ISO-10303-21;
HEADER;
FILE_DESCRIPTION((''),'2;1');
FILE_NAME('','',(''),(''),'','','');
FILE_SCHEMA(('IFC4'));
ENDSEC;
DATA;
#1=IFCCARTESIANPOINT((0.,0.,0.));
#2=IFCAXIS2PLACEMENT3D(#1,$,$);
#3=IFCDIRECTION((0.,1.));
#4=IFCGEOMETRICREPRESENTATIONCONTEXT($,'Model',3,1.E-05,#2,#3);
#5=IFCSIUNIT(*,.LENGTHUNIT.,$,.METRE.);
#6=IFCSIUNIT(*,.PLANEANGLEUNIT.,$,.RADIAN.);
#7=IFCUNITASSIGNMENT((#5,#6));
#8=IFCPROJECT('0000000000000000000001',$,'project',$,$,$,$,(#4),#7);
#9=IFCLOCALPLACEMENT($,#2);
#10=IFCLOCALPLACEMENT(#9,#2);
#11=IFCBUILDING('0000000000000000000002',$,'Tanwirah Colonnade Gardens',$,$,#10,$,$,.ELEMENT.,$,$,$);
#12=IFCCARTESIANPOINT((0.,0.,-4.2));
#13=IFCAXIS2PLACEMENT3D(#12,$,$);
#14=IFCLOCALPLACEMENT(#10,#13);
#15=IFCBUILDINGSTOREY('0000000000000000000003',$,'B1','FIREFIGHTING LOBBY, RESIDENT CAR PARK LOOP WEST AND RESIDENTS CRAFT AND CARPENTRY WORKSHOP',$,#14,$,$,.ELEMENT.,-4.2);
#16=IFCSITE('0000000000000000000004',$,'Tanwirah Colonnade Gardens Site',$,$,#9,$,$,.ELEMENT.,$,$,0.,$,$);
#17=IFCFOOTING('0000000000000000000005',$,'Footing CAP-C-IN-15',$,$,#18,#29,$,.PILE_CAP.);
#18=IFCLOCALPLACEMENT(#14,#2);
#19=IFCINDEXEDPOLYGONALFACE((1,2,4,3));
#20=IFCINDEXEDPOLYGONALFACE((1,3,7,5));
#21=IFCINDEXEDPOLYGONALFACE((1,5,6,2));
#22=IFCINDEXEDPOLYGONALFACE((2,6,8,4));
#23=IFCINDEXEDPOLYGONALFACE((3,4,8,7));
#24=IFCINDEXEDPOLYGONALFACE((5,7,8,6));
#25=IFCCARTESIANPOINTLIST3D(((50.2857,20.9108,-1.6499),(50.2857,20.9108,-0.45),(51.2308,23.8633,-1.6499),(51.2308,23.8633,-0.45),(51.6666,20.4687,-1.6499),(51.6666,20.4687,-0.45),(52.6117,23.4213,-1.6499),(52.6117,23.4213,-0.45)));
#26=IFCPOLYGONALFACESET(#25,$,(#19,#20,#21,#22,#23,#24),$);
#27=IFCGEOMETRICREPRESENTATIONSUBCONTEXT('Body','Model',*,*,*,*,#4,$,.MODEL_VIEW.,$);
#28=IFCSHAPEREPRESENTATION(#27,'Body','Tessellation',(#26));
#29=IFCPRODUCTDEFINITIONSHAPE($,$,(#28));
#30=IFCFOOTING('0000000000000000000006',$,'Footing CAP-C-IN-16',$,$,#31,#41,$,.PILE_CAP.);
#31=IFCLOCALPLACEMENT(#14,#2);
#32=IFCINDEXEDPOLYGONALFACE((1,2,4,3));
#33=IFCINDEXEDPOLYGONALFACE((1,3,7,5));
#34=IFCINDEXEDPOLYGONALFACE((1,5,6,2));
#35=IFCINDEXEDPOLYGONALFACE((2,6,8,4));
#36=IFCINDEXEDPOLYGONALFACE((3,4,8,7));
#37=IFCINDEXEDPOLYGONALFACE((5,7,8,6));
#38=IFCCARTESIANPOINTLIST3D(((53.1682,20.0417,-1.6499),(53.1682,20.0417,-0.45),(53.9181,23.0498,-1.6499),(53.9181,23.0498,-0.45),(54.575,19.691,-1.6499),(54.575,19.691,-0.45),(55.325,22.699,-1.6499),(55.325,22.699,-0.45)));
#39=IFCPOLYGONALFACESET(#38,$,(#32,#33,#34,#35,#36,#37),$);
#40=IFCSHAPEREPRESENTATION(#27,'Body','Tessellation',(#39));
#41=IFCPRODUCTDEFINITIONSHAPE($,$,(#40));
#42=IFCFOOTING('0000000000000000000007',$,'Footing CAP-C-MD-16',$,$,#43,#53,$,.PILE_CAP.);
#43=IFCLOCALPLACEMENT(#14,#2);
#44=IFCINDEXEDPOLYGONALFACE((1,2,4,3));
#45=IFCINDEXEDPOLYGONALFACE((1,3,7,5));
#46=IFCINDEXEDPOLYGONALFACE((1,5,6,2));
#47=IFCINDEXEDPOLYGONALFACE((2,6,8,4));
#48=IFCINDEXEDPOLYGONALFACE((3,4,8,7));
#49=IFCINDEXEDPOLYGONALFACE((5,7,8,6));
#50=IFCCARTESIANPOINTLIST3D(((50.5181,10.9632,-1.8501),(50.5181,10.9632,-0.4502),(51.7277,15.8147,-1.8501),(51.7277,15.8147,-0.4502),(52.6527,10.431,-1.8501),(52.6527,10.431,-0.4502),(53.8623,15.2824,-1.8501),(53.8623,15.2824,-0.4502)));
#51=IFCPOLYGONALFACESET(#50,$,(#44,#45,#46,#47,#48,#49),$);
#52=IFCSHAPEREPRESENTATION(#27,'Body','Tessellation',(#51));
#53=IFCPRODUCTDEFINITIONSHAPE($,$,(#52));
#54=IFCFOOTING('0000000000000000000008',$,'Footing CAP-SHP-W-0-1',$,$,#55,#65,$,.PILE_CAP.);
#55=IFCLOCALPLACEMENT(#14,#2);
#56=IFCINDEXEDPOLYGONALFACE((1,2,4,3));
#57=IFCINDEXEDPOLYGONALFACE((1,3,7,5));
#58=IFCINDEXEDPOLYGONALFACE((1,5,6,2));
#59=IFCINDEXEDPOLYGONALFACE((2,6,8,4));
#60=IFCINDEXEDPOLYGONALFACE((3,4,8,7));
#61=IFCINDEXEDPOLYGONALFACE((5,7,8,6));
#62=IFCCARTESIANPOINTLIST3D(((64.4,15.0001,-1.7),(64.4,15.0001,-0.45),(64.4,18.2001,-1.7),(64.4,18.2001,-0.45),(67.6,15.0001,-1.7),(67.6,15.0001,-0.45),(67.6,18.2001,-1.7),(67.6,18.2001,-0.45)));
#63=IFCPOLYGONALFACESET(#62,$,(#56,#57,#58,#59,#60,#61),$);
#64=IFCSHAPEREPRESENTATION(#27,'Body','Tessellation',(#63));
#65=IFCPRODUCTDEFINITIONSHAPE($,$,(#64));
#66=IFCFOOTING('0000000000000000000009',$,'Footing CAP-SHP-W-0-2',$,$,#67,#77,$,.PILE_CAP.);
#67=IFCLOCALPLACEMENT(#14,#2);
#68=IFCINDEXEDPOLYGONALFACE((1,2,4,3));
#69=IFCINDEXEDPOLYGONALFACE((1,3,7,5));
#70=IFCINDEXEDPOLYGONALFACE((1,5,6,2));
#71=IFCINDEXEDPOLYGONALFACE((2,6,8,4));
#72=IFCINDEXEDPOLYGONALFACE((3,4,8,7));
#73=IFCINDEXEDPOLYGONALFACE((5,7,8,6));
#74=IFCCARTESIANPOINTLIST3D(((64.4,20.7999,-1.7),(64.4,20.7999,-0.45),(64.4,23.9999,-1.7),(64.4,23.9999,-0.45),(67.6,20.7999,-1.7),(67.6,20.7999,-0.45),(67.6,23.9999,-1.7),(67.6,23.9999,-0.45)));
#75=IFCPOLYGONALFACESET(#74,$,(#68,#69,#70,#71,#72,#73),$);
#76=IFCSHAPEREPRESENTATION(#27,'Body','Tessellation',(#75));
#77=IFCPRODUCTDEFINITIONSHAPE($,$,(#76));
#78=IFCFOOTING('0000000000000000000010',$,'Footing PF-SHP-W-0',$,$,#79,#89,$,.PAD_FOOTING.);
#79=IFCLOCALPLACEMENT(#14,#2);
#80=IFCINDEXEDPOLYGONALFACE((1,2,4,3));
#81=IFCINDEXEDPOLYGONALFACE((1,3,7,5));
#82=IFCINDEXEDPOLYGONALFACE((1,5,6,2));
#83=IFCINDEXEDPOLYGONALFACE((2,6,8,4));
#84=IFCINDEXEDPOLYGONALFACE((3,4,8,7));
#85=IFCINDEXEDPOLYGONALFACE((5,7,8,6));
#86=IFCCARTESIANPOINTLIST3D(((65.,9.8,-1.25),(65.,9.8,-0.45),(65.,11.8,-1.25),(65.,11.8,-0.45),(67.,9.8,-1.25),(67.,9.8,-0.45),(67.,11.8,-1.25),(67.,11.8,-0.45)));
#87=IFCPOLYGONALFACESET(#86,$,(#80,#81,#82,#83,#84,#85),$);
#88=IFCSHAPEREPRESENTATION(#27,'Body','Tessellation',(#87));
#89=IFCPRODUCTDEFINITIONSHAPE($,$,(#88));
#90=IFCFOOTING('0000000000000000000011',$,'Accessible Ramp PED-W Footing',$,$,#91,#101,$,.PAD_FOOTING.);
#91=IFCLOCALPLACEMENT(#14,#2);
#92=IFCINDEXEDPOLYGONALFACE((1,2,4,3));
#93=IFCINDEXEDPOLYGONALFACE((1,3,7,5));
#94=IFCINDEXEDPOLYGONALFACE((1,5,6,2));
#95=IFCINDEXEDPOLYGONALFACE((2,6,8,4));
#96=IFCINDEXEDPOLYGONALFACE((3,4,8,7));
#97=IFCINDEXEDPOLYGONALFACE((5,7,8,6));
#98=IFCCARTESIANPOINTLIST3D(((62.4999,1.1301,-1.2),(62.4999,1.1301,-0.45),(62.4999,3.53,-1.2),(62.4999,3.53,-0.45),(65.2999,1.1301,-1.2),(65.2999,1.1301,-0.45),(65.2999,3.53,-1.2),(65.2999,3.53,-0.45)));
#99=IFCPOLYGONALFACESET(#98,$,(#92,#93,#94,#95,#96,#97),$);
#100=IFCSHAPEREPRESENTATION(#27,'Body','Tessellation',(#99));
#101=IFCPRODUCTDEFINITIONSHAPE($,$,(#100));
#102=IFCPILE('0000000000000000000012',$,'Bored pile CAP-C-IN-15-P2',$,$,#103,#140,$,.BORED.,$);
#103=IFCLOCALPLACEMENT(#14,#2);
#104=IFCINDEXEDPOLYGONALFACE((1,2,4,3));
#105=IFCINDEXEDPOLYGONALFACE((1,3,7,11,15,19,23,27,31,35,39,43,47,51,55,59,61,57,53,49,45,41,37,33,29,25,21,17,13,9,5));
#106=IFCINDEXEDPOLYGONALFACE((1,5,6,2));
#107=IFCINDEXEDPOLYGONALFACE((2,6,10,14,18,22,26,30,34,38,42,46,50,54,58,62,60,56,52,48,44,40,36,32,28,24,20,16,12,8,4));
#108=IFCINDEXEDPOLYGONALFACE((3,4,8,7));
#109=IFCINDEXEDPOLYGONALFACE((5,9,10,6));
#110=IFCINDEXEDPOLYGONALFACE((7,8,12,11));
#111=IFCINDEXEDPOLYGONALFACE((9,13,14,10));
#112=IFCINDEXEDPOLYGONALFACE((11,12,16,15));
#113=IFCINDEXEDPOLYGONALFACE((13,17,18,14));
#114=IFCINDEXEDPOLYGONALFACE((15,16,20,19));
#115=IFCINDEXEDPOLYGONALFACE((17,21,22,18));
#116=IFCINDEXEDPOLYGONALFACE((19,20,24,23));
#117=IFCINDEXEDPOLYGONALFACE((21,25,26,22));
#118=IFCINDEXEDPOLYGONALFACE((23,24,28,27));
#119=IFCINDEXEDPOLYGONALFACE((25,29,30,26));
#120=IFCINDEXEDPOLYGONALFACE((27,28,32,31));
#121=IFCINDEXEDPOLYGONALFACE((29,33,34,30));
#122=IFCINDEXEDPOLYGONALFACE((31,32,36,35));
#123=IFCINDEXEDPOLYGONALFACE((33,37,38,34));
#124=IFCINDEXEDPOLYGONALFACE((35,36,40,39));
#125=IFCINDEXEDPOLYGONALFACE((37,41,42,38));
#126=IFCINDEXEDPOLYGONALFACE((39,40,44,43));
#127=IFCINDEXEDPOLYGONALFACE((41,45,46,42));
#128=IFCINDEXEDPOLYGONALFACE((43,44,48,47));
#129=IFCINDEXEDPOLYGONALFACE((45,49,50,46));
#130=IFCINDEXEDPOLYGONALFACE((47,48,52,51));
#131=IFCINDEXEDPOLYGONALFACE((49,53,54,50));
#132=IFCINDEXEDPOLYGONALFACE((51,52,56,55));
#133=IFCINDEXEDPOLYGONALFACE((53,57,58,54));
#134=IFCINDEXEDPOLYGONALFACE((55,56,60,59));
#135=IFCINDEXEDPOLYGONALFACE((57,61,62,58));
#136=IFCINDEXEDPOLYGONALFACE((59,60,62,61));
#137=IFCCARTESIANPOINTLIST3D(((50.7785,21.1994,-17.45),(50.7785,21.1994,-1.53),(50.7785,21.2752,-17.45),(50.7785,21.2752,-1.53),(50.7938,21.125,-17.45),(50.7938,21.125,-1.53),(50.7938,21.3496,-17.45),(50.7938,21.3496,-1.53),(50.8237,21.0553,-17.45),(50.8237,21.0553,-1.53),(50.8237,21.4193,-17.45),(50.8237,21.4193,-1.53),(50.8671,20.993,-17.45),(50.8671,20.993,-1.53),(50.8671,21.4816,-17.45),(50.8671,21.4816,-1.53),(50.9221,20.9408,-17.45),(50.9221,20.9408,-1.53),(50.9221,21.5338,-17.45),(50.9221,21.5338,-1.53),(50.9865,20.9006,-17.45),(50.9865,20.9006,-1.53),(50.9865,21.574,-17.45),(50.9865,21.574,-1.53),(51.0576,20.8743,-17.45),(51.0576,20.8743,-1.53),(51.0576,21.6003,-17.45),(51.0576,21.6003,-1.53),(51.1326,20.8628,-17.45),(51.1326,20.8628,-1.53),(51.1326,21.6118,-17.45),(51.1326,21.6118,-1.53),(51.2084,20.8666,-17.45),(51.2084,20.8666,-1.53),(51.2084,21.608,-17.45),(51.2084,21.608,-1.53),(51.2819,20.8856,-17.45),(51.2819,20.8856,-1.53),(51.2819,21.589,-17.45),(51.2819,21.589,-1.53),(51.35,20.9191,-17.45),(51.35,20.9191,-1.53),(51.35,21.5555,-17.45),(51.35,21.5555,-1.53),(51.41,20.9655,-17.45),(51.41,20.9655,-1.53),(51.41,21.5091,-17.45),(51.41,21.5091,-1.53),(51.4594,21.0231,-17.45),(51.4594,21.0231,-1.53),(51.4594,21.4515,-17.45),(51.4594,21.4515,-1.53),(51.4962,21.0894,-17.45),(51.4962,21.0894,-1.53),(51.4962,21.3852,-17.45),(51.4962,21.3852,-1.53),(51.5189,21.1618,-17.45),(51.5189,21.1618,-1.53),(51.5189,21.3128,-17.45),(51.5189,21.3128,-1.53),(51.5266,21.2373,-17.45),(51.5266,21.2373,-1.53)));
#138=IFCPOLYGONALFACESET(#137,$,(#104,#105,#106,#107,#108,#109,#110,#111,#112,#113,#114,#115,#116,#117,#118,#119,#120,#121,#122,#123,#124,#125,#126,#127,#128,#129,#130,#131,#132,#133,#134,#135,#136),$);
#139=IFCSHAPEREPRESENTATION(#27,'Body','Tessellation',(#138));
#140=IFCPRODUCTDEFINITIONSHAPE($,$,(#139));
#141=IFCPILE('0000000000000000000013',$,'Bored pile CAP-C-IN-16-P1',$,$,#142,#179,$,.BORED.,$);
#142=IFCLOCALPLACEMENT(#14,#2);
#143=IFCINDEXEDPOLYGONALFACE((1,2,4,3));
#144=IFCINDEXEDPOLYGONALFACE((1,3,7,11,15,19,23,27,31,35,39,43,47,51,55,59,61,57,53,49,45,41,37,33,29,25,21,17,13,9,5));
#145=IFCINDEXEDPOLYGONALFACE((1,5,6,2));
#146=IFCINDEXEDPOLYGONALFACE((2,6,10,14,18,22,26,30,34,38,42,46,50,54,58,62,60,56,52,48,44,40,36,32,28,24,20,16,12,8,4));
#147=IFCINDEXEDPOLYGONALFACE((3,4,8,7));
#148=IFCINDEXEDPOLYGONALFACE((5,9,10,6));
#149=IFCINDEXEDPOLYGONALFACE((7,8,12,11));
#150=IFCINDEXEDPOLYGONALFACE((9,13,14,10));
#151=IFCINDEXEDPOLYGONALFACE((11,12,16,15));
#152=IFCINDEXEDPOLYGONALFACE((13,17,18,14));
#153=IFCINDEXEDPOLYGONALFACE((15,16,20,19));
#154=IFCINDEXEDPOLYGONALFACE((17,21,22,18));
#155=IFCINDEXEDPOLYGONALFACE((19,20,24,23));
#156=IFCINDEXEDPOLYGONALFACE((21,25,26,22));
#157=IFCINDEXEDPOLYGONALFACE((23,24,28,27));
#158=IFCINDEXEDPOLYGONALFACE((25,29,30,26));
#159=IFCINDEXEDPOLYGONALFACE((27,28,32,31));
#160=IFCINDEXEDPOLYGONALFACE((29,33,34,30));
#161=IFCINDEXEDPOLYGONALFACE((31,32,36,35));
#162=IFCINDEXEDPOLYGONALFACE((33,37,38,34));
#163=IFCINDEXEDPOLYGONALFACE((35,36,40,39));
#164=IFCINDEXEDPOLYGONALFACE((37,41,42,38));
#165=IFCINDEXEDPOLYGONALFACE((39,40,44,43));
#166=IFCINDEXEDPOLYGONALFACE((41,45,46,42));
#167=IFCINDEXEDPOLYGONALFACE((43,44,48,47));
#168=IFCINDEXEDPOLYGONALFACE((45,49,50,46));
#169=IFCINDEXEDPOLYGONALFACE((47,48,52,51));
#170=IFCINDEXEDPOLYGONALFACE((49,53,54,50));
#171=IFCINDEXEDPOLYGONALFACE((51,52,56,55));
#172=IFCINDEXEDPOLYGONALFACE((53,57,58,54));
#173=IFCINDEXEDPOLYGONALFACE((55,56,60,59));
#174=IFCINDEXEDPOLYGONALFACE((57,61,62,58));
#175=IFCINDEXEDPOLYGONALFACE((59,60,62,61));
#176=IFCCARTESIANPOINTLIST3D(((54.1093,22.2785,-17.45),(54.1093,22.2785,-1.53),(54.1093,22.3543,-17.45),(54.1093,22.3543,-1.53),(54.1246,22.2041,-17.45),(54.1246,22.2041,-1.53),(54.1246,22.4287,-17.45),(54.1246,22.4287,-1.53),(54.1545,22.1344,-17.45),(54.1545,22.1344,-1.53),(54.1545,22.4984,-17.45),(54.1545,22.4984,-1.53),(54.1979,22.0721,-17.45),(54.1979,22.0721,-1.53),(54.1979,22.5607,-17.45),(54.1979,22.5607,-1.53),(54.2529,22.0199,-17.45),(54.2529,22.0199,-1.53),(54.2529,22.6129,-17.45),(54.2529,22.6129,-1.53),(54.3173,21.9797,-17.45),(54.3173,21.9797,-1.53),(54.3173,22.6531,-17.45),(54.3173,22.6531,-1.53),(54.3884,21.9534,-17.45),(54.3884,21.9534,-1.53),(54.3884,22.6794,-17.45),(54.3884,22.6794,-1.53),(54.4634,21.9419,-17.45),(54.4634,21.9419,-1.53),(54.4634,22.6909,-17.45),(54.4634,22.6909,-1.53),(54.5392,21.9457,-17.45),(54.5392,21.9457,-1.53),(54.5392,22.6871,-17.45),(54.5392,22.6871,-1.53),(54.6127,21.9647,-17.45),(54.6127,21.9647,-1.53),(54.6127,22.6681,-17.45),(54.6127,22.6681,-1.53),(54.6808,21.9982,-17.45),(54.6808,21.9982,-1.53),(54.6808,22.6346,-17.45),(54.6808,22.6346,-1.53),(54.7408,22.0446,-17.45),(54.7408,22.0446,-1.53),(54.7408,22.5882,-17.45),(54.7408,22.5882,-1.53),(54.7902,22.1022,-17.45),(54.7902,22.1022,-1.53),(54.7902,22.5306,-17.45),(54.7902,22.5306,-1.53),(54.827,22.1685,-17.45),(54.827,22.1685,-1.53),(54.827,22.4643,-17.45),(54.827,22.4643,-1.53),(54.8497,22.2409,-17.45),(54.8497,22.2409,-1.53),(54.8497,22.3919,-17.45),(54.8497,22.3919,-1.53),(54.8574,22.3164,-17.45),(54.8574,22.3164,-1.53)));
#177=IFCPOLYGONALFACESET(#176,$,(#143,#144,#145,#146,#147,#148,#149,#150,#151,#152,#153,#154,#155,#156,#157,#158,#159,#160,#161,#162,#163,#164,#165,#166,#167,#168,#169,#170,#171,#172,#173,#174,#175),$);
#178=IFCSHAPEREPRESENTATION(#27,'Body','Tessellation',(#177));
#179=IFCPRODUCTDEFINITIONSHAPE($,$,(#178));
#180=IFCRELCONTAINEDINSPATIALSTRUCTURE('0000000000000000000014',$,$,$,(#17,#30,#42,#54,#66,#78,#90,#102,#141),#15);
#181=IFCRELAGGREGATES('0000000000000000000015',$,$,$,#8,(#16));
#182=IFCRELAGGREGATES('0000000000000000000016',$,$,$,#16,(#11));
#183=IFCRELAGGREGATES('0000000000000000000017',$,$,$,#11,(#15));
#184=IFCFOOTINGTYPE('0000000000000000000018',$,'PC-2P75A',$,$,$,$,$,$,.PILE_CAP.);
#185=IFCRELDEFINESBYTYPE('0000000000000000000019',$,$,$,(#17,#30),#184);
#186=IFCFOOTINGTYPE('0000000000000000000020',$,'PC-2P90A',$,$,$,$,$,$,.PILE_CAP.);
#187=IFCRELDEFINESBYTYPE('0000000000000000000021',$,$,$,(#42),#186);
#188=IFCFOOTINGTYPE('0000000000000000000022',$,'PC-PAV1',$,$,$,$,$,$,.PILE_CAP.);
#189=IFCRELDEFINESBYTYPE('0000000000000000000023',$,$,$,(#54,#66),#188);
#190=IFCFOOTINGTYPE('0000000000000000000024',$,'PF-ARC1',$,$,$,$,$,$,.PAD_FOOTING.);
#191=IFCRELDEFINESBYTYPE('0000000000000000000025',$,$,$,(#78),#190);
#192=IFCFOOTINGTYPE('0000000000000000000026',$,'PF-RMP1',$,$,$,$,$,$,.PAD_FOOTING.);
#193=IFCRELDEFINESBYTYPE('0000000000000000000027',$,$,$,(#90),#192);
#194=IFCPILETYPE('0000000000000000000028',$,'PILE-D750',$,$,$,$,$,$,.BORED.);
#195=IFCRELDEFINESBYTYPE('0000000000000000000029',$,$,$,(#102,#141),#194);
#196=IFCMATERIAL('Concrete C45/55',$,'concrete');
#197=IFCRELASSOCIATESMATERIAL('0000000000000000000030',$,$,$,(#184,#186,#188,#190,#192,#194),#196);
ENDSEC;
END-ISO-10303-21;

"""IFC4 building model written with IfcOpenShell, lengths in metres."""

from ifc_helpers import new_model, si_unit, direction, frame, origin, origin_2d, place, context, subcontext, project, spatial, rectangle, circle, extrude, material, material_profile, profile_set, type_object, element, save


model = new_model("IFC4")

# Units and contexts
model_context = context("Model", 3, precision=1e-05, world=origin(), true_north=direction((0.0, 1.0)))
body_context = subcontext(model_context, "Body", "Model", "MODEL_VIEW")
ifc_project = project(units=[si_unit("LENGTHUNIT", "METRE"), si_unit("PLANEANGLEUNIT", "RADIAN")], contexts=[model_context])

# Site, building, storey
site_placement = place(None, origin())
site = spatial("IfcSite", under=ifc_project, at=site_placement, Name="Tanwirah Colonnade Gardens Site", CompositionType="ELEMENT", RefElevation=0.0)
building_placement = place(site_placement, origin())
building = spatial("IfcBuilding", under=site, at=building_placement, Name="Tanwirah Colonnade Gardens", CompositionType="ELEMENT")
storey_placement = place(building_placement, frame((0.0, 0.0, -4.2)))
storey = spatial("IfcBuildingStorey", under=building, at=storey_placement, Name="B1", Description="FIREFIGHTING LOBBY, RESIDENT CAR PARK LOOP WEST AND RESIDENTS CRAFT AND CARPENTRY WORKSHOP", CompositionType="ELEMENT", Elevation=-4.2)

# Footings
ifc_material_1 = material(Name="Concrete C45/55", Category="concrete")
footing_type_1 = type_object("IfcFootingType", Name="PC-2P75A", PredefinedType="PILE_CAP", material=ifc_material_1)
for number, where, z_axis, x_axis, name in (
    (1, (51.4487, 22.166, -1.6499), (0.0, 0.0, 1.0), (-0.304864, -0.952396, 0.0), "Footing CAP-C-IN-15"),
    (2, (54.2466, 21.3704, -1.6499), (0.0, 0.0, 1.0), (-0.241922, -0.970296, 0.0), "Footing CAP-C-IN-16"),
):
    element("IfcFooting", number, at=place(storey_placement, frame(where, z_axis=z_axis, x_axis=x_axis)), inside=storey, type_object=footing_type_1, Name=name, PredefinedType="PILE_CAP", context=body_context, shape_type="SweptSolid", body=[
        extrude(rectangle(XDim=3.1001, YDim=1.45, at=origin_2d()), origin(), (0.0, 0.0, 1.0), 1.2),
    ])
footing_type_2 = type_object("IfcFootingType", Name="PC-2P90A", PredefinedType="PILE_CAP", material=ifc_material_1)
footing_1_placement = place(storey_placement, frame((52.1902, 13.1228, -1.8501), z_axis=(0.0, 0.0, 1.0), x_axis=(-0.241922, -0.970296, 0.0)))
element("IfcFooting", 3, at=footing_1_placement, inside=storey, type_object=footing_type_2, Name="Footing CAP-C-MD-16", PredefinedType="PILE_CAP", context=body_context, shape_type="SweptSolid", body=[
    extrude(rectangle(XDim=5.0, YDim=2.2, at=origin_2d()), origin(), (0.0, 0.0, 1.0), 1.3999),
])
footing_type_3 = type_object("IfcFootingType", Name="PC-PAV1", PredefinedType="PILE_CAP", material=ifc_material_1)
for number, where, z_axis, x_axis, name in (
    (4, (66.0, 16.6001, -1.7), (0.0, 0.0, 1.0), (1.0, 0.0, 0.0), "Footing CAP-SHP-W-0-1"),
    (5, (66.0, 22.3999, -1.7), (0.0, 0.0, 1.0), (1.0, 0.0, 0.0), "Footing CAP-SHP-W-0-2"),
):
    element("IfcFooting", number, at=place(storey_placement, frame(where, z_axis=z_axis, x_axis=x_axis)), inside=storey, type_object=footing_type_3, Name=name, PredefinedType="PILE_CAP", context=body_context, shape_type="SweptSolid", body=[
        extrude(rectangle(XDim=3.2, YDim=3.2, at=origin_2d()), origin(), (0.0, 0.0, 1.0), 1.25),
    ])
footing_type_4 = type_object("IfcFootingType", Name="PF-ARC1", PredefinedType="PAD_FOOTING", material=ifc_material_1)
footing_2_placement = place(storey_placement, frame((66.0, 10.8, -1.25), z_axis=(0.0, 0.0, 1.0), x_axis=(1.0, 0.0, 0.0)))
element("IfcFooting", 6, at=footing_2_placement, inside=storey, type_object=footing_type_4, Name="Footing PF-SHP-W-0", PredefinedType="PAD_FOOTING", context=body_context, shape_type="SweptSolid", body=[
    extrude(rectangle(XDim=2.0, YDim=2.0, at=origin_2d()), origin(), (0.0, 0.0, 1.0), 0.8),
])
footing_type_5 = type_object("IfcFootingType", Name="PF-RMP1", PredefinedType="PAD_FOOTING", material=ifc_material_1)
footing_3_placement = place(storey_placement, frame((63.8999, 2.3301, -1.2), z_axis=(0.0, 0.0, 1.0), x_axis=(1.0, 0.0, 0.0)))
element("IfcFooting", 7, at=footing_3_placement, inside=storey, type_object=footing_type_5, Name="Accessible Ramp PED-W Footing", PredefinedType="PAD_FOOTING", context=body_context, shape_type="SweptSolid", body=[
    extrude(rectangle(XDim=2.8, YDim=2.3999, at=origin_2d()), origin(), (0.0, 0.0, 1.0), 0.75),
])

# Piles
ifc_material_profile_1 = material_profile(ifc_material_1, circle(Radius=0.375, at=origin_2d()), Name="PILE D750")
ifc_profile_set_1 = profile_set([ifc_material_profile_1], Name="Concrete C45/55")
pile_type_1 = type_object("IfcPileType", Name="PILE-D750", PredefinedType="BORED", material=ifc_profile_set_1)
for number, where, z_axis, x_axis, name in (
    (8, (51.1516, 21.2373, -1.53), (0.0, 0.0, -1.0), (1.0, 0.0, 0.0), "Bored pile CAP-C-IN-15-P2"),
    (9, (54.4824, 22.3164, -1.53), (0.0, 0.0, -1.0), (1.0, 0.0, 0.0), "Bored pile CAP-C-IN-16-P1"),
):
    element("IfcPile", number, at=place(storey_placement, frame(where, z_axis=z_axis, x_axis=x_axis)), inside=storey, type_object=pile_type_1, Name=name, PredefinedType="BORED", context=body_context, shape_type="SweptSolid", body=[
        extrude(circle(Radius=0.375, at=origin_2d()), origin(), (0.0, 0.0, 1.0), 15.9199),
    ])

save(model, "model.ifc")
